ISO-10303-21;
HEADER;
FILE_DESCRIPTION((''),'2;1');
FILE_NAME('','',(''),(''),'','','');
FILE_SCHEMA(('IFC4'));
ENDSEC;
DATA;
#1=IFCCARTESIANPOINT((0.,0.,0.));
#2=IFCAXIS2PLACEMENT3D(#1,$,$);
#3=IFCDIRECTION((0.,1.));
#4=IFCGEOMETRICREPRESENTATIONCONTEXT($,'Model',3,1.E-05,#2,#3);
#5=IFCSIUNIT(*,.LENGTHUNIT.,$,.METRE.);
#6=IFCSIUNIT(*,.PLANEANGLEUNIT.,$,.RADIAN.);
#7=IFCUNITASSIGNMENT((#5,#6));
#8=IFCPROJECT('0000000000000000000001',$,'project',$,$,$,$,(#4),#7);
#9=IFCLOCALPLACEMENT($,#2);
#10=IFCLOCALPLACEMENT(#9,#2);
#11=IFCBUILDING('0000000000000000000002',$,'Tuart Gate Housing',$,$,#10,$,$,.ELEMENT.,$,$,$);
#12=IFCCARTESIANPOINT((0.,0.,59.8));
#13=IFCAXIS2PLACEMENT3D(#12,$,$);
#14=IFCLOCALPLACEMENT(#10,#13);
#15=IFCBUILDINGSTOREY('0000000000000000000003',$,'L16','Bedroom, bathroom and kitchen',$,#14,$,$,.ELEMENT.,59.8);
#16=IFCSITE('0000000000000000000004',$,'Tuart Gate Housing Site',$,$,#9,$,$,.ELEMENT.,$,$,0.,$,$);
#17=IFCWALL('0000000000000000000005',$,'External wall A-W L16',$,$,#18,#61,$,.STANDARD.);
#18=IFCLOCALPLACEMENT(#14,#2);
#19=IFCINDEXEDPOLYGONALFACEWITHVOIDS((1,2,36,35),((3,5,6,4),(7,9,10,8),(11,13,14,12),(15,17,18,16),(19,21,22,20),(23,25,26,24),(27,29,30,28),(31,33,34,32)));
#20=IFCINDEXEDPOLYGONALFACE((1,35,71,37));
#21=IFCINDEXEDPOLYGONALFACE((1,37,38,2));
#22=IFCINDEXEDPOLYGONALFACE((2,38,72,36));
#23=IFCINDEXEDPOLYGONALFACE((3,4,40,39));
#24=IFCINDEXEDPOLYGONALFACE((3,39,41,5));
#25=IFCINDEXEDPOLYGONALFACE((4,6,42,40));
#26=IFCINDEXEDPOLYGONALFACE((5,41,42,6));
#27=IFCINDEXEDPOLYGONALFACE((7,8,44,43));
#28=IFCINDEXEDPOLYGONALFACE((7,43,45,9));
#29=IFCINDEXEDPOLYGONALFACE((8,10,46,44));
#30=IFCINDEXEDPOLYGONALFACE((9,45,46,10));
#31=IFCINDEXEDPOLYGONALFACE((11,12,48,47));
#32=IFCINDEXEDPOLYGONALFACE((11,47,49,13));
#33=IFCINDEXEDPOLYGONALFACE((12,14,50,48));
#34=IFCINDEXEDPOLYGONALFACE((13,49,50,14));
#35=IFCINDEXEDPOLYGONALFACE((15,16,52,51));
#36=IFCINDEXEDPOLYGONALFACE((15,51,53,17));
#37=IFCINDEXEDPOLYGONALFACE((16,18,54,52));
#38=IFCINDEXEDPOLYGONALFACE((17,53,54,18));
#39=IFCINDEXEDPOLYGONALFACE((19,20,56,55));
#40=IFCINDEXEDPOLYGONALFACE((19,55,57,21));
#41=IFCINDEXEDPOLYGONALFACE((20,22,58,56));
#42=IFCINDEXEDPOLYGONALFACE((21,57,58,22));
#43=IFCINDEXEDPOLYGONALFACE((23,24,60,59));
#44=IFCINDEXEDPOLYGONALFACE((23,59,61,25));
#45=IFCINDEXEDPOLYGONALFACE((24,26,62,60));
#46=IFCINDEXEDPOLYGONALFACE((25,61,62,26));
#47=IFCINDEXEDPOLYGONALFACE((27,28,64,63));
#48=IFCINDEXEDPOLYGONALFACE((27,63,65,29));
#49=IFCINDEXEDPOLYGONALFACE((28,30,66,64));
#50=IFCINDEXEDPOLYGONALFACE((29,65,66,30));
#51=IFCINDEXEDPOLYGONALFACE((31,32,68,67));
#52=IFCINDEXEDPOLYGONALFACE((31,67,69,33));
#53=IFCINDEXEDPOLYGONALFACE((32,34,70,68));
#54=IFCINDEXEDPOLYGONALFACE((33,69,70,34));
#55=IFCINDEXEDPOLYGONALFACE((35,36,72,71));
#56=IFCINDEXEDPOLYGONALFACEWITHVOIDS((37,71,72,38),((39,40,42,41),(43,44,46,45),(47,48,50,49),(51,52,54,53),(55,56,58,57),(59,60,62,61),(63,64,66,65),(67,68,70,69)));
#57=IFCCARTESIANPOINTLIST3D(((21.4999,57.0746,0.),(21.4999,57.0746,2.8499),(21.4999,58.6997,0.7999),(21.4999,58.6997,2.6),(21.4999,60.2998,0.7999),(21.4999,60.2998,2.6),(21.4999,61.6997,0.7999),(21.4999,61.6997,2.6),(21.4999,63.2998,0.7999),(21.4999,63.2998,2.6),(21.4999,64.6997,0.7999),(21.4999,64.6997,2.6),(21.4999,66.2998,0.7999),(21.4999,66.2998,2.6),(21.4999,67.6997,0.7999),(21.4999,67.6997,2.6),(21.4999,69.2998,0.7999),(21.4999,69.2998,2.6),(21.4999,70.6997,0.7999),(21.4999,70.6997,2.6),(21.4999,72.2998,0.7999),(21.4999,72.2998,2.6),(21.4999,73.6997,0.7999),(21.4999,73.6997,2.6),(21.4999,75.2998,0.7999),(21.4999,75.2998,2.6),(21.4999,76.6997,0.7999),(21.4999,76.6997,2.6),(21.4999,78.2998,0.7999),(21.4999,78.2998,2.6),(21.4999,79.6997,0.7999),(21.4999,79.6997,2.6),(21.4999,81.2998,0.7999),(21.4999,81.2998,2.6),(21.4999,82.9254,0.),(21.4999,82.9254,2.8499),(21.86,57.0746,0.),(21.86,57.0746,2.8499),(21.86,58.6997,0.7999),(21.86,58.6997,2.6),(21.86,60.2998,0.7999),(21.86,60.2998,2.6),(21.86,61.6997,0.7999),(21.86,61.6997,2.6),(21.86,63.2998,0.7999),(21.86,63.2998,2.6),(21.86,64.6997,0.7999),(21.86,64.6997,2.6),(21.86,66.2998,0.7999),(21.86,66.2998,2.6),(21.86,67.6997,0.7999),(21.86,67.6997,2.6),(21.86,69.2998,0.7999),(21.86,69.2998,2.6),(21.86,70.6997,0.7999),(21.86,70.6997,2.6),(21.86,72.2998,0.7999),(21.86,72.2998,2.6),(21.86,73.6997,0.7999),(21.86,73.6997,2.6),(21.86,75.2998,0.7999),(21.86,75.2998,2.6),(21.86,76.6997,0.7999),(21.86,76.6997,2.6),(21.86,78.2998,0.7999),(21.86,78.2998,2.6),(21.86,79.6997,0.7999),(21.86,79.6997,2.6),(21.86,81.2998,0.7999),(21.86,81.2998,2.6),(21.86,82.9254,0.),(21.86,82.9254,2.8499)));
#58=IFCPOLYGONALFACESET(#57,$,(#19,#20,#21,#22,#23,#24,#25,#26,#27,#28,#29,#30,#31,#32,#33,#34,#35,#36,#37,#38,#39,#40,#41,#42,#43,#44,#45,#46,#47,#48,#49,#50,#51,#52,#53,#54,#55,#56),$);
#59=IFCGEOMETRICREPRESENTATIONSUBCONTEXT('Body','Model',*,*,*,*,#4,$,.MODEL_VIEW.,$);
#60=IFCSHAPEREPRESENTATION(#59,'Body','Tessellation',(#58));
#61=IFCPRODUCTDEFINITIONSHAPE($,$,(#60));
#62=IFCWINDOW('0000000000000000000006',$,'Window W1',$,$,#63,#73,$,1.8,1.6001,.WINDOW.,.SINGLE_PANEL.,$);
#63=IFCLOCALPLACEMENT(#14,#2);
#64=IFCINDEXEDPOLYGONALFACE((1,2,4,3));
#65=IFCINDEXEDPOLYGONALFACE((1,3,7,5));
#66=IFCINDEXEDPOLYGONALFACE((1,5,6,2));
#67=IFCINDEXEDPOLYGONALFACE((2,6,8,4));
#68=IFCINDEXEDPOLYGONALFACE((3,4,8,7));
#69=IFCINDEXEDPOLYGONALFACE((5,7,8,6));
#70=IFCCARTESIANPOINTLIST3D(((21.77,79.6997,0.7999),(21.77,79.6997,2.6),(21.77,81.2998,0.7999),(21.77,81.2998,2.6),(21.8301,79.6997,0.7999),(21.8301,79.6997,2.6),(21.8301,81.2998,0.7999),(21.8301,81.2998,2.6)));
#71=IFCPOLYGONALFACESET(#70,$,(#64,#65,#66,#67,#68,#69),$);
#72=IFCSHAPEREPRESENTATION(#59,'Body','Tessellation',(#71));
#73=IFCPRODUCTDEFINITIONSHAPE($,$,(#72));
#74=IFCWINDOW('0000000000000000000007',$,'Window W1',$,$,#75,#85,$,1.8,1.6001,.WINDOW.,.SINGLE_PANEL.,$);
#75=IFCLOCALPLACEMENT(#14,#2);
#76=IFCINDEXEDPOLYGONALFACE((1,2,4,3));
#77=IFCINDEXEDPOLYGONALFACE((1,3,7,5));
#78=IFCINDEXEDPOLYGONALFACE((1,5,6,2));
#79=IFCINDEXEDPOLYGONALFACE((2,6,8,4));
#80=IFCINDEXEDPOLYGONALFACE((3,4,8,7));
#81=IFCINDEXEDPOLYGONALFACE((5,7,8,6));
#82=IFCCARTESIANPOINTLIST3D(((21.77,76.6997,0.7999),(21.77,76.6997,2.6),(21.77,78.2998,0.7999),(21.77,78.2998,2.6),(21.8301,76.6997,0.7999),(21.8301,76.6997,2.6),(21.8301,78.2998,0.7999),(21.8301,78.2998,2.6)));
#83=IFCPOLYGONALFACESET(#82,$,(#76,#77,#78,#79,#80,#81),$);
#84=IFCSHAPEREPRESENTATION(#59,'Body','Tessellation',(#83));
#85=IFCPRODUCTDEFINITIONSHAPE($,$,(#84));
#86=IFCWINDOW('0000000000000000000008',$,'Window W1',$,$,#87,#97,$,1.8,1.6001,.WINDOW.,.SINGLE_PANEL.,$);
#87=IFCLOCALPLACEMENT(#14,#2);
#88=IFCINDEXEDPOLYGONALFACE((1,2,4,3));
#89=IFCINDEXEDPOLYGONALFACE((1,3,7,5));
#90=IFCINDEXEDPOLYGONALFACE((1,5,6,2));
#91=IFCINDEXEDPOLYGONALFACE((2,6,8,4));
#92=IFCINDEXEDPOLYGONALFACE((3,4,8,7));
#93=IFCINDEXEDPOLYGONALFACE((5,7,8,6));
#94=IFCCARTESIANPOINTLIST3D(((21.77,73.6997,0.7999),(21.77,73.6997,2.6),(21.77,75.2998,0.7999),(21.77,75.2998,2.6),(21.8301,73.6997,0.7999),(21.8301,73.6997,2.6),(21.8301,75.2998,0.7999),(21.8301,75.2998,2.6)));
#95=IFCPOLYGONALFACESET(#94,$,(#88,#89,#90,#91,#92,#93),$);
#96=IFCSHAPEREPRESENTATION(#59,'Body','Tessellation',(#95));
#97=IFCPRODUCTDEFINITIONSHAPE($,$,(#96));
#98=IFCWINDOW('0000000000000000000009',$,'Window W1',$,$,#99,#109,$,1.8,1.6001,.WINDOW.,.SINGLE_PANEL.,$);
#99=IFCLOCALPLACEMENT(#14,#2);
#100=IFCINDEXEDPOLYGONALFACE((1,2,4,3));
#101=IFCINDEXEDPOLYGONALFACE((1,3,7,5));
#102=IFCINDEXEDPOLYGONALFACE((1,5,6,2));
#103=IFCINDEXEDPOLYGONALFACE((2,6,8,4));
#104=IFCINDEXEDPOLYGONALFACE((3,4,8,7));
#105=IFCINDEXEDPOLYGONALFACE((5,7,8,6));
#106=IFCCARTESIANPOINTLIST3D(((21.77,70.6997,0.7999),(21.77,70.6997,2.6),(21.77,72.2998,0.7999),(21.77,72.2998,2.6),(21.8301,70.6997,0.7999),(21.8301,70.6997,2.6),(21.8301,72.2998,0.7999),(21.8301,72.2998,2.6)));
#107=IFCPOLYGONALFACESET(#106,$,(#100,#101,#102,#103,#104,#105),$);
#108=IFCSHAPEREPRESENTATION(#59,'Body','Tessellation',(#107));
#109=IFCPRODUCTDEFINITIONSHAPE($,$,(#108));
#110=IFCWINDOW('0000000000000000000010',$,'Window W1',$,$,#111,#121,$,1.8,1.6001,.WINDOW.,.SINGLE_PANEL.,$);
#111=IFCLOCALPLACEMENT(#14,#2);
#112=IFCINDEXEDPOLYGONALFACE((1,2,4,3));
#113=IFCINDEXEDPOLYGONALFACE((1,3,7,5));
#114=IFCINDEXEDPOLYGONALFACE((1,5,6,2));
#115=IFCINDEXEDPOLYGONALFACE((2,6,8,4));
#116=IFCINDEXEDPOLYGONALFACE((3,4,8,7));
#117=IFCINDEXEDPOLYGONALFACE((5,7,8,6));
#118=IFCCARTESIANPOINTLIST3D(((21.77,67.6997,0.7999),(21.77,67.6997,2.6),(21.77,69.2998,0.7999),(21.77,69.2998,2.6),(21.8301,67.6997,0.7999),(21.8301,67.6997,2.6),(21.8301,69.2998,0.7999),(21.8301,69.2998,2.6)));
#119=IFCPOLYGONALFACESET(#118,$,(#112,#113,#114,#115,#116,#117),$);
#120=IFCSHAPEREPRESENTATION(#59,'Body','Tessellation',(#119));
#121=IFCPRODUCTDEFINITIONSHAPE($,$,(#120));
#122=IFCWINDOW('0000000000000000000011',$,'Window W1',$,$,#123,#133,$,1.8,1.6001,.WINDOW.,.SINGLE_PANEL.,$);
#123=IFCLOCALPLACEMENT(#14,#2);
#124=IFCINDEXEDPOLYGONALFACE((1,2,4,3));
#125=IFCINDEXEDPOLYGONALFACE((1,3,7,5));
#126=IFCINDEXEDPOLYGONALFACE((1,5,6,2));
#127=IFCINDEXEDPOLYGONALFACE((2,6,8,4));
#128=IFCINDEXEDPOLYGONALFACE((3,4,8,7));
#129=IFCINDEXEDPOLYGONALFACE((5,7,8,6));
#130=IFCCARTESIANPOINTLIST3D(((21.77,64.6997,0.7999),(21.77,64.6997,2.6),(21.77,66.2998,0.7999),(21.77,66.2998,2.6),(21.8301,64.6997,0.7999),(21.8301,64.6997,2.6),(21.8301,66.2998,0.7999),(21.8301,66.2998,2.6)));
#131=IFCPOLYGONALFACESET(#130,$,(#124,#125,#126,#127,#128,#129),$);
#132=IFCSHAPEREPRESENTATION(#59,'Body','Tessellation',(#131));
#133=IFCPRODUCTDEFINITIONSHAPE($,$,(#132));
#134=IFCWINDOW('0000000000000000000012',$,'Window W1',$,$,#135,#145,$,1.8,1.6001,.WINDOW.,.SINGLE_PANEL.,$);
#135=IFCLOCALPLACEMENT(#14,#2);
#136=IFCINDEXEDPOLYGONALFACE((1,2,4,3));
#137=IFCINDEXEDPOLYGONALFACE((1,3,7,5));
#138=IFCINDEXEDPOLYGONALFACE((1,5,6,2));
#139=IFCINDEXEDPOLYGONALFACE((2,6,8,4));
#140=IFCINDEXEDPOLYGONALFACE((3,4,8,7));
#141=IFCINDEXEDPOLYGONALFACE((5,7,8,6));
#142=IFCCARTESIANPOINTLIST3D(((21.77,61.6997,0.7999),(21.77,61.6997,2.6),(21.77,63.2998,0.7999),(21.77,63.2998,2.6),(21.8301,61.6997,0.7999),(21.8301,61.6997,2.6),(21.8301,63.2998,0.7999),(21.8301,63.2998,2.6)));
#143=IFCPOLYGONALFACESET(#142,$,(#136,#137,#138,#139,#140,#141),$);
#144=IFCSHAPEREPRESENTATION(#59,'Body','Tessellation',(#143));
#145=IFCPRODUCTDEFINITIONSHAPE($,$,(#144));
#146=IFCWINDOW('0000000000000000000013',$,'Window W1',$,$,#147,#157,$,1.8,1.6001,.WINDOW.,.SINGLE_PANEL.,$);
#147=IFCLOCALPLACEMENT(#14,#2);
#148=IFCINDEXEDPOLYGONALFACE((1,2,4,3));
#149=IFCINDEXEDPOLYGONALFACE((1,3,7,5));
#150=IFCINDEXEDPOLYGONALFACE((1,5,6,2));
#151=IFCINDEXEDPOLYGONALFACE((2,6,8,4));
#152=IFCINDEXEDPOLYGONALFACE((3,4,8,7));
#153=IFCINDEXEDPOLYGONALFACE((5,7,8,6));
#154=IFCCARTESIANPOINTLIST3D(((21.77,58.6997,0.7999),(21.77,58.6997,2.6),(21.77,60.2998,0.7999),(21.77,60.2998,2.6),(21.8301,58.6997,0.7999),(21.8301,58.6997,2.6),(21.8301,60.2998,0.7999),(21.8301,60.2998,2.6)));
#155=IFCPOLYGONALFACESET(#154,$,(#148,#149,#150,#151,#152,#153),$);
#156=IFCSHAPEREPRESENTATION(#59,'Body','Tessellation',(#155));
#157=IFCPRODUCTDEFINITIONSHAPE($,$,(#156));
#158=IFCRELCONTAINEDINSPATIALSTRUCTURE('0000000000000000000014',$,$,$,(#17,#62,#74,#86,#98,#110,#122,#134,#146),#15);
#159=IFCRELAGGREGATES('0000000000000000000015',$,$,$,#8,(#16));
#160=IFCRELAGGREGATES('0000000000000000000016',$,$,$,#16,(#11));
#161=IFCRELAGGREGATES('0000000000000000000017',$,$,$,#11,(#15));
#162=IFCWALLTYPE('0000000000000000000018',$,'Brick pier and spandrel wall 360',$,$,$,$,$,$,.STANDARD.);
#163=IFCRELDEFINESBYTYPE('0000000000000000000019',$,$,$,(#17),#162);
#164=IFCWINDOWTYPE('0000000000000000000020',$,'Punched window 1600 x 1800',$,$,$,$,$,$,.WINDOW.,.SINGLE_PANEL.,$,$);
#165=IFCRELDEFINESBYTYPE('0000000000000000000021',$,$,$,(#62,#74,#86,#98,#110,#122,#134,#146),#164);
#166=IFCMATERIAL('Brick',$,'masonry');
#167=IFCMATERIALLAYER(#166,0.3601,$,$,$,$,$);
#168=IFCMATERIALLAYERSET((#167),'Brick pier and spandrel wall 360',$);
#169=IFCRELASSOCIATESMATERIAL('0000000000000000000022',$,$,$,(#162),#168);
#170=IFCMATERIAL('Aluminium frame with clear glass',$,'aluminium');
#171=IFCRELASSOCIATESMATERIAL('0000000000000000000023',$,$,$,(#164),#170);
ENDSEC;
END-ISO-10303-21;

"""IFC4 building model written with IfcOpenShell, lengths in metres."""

from ifc_helpers import new_model, si_unit, direction, frame, frame_2d, origin, place, context, subcontext, project, spatial, rectangle, extrude, material, layer, layer_set, type_object, element, fill, save


model = new_model("IFC4")

# Units and contexts
model_context = context("Model", 3, precision=1e-05, world=origin(), true_north=direction((0.0, 1.0)))
body_context = subcontext(model_context, "Body", "Model", "MODEL_VIEW")
ifc_project = project(units=[si_unit("LENGTHUNIT", "METRE"), si_unit("PLANEANGLEUNIT", "RADIAN")], contexts=[model_context])

# Site, building, storey
site_placement = place(None, origin())
site = spatial("IfcSite", under=ifc_project, at=site_placement, Name="Tuart Gate Housing Site", CompositionType="ELEMENT", RefElevation=0.0)
building_placement = place(site_placement, origin())
building = spatial("IfcBuilding", under=site, at=building_placement, Name="Tuart Gate Housing", CompositionType="ELEMENT")
storey_placement = place(building_placement, frame((0.0, 0.0, 59.8)))
storey = spatial("IfcBuildingStorey", under=building, at=storey_placement, Name="L16", Description="Bedroom, bathroom and kitchen", CompositionType="ELEMENT", Elevation=59.8)

# Shared definitions
ifc_material_1 = material(Name="Brick", Category="masonry")
ifc_layer_1 = layer(ifc_material_1, 0.3601)
ifc_layer_set_1 = layer_set([ifc_layer_1], Name="Brick pier and spandrel wall 360")
wall_type_1 = type_object("IfcWallType", Name="Brick pier and spandrel wall 360", PredefinedType="STANDARD", material=ifc_layer_set_1)
ifc_material_2 = material(Name="Aluminium frame with clear glass", Category="aluminium")
window_type = type_object("IfcWindowType", Name="Punched window 1600 x 1800", PartitioningType="SINGLE_PANEL", PredefinedType="WINDOW", material=ifc_material_2)

# Wall, openings, windows
wall_1_placement = place(storey_placement, frame((21.6799, 82.9253, 0.0), z_axis=(0.0, 0.0, 1.0), x_axis=(0.0, -1.0, 0.0)))
wall_1 = element("IfcWall", 1, at=wall_1_placement, inside=storey, type_object=wall_type_1, Name="External wall A-W L16", PredefinedType="STANDARD", context=body_context, shape_type="SweptSolid", body=[
    extrude(rectangle(XDim=25.8508, YDim=0.3601, at=frame_2d((12.9253, 0.0))), origin(), (0.0, 0.0, 1.0), 2.8499),
])
opening_1_placement = place(wall_1_placement, frame((1.6255, 0.0, 0.8)))
opening_1 = element("IfcOpeningElement", 2, at=opening_1_placement, cuts=wall_1, PredefinedType="OPENING", context=body_context, shape_type="SweptSolid", body=[
    extrude(rectangle(XDim=1.6001, YDim=1.8, at=frame_2d((0.8, 0.8999))), frame((0.0, 0.1899, 0.0), z_axis=(0.0, -1.0, 0.0), x_axis=(1.0, 0.0, 0.0)), (0.0, 0.0, 1.0), 0.3801),
])
opening_2_placement = place(wall_1_placement, frame((4.6255, 0.0, 0.8)))
opening_2 = element("IfcOpeningElement", 3, at=opening_2_placement, cuts=wall_1, PredefinedType="OPENING", context=body_context, shape_type="SweptSolid", body=[
    extrude(rectangle(XDim=1.6001, YDim=1.8, at=frame_2d((0.8, 0.8999))), frame((0.0, 0.1899, 0.0), z_axis=(0.0, -1.0, 0.0), x_axis=(1.0, 0.0, 0.0)), (0.0, 0.0, 1.0), 0.3801),
])
opening_3_placement = place(wall_1_placement, frame((7.6255, 0.0, 0.8)))
opening_3 = element("IfcOpeningElement", 4, at=opening_3_placement, cuts=wall_1, PredefinedType="OPENING", context=body_context, shape_type="SweptSolid", body=[
    extrude(rectangle(XDim=1.6001, YDim=1.8, at=frame_2d((0.8, 0.8999))), frame((0.0, 0.1899, 0.0), z_axis=(0.0, -1.0, 0.0), x_axis=(1.0, 0.0, 0.0)), (0.0, 0.0, 1.0), 0.3801),
])
opening_4_placement = place(wall_1_placement, frame((10.6255, 0.0, 0.8)))
opening_4 = element("IfcOpeningElement", 5, at=opening_4_placement, cuts=wall_1, PredefinedType="OPENING", context=body_context, shape_type="SweptSolid", body=[
    extrude(rectangle(XDim=1.6001, YDim=1.8, at=frame_2d((0.8, 0.8999))), frame((0.0, 0.1899, 0.0), z_axis=(0.0, -1.0, 0.0), x_axis=(1.0, 0.0, 0.0)), (0.0, 0.0, 1.0), 0.3801),
])
opening_5_placement = place(wall_1_placement, frame((13.6255, 0.0, 0.8)))
opening_5 = element("IfcOpeningElement", 6, at=opening_5_placement, cuts=wall_1, PredefinedType="OPENING", context=body_context, shape_type="SweptSolid", body=[
    extrude(rectangle(XDim=1.6001, YDim=1.8, at=frame_2d((0.8, 0.8999))), frame((0.0, 0.1899, 0.0), z_axis=(0.0, -1.0, 0.0), x_axis=(1.0, 0.0, 0.0)), (0.0, 0.0, 1.0), 0.3801),
])
opening_6_placement = place(wall_1_placement, frame((16.6255, 0.0, 0.8)))
opening_6 = element("IfcOpeningElement", 7, at=opening_6_placement, cuts=wall_1, PredefinedType="OPENING", context=body_context, shape_type="SweptSolid", body=[
    extrude(rectangle(XDim=1.6001, YDim=1.8, at=frame_2d((0.8, 0.8999))), frame((0.0, 0.1899, 0.0), z_axis=(0.0, -1.0, 0.0), x_axis=(1.0, 0.0, 0.0)), (0.0, 0.0, 1.0), 0.3801),
])
opening_7_placement = place(wall_1_placement, frame((19.6255, 0.0, 0.8)))
opening_7 = element("IfcOpeningElement", 8, at=opening_7_placement, cuts=wall_1, PredefinedType="OPENING", context=body_context, shape_type="SweptSolid", body=[
    extrude(rectangle(XDim=1.6001, YDim=1.8, at=frame_2d((0.8, 0.8999))), frame((0.0, 0.1899, 0.0), z_axis=(0.0, -1.0, 0.0), x_axis=(1.0, 0.0, 0.0)), (0.0, 0.0, 1.0), 0.3801),
])
opening_8_placement = place(wall_1_placement, frame((22.6255, 0.0, 0.8)))
opening_8 = element("IfcOpeningElement", 9, at=opening_8_placement, cuts=wall_1, PredefinedType="OPENING", context=body_context, shape_type="SweptSolid", body=[
    extrude(rectangle(XDim=1.6001, YDim=1.8, at=frame_2d((0.8, 0.8999))), frame((0.0, 0.1899, 0.0), z_axis=(0.0, -1.0, 0.0), x_axis=(1.0, 0.0, 0.0)), (0.0, 0.0, 1.0), 0.3801),
])
window_1_placement = place(opening_1_placement, origin())
window_1 = element("IfcWindow", 10, at=window_1_placement, inside=storey, type_object=window_type, Name="Window W1", OverallHeight=1.8, OverallWidth=1.6001, PartitioningType="SINGLE_PANEL", PredefinedType="WINDOW", context=body_context, shape_type="SweptSolid", body=[
    extrude(rectangle(XDim=1.6001, YDim=1.8, at=frame_2d((0.8, 0.8999))), frame((0.0, 0.1501, 0.0), z_axis=(0.0, -1.0, 0.0), x_axis=(1.0, 0.0, 0.0)), (0.0, 0.0, 1.0), 0.0601),
])
fill(opening_1, window_1)
window_2_placement = place(opening_2_placement, origin())
window_2 = element("IfcWindow", 11, at=window_2_placement, inside=storey, type_object=window_type, Name="Window W1", OverallHeight=1.8, OverallWidth=1.6001, PartitioningType="SINGLE_PANEL", PredefinedType="WINDOW", context=body_context, shape_type="SweptSolid", body=[
    extrude(rectangle(XDim=1.6001, YDim=1.8, at=frame_2d((0.8, 0.8999))), frame((0.0, 0.1501, 0.0), z_axis=(0.0, -1.0, 0.0), x_axis=(1.0, 0.0, 0.0)), (0.0, 0.0, 1.0), 0.0601),
])
fill(opening_2, window_2)
window_3_placement = place(opening_3_placement, origin())
window_3 = element("IfcWindow", 12, at=window_3_placement, inside=storey, type_object=window_type, Name="Window W1", OverallHeight=1.8, OverallWidth=1.6001, PartitioningType="SINGLE_PANEL", PredefinedType="WINDOW", context=body_context, shape_type="SweptSolid", body=[
    extrude(rectangle(XDim=1.6001, YDim=1.8, at=frame_2d((0.8, 0.8999))), frame((0.0, 0.1501, 0.0), z_axis=(0.0, -1.0, 0.0), x_axis=(1.0, 0.0, 0.0)), (0.0, 0.0, 1.0), 0.0601),
])
fill(opening_3, window_3)
window_4_placement = place(opening_4_placement, origin())
window_4 = element("IfcWindow", 13, at=window_4_placement, inside=storey, type_object=window_type, Name="Window W1", OverallHeight=1.8, OverallWidth=1.6001, PartitioningType="SINGLE_PANEL", PredefinedType="WINDOW", context=body_context, shape_type="SweptSolid", body=[
    extrude(rectangle(XDim=1.6001, YDim=1.8, at=frame_2d((0.8, 0.8999))), frame((0.0, 0.1501, 0.0), z_axis=(0.0, -1.0, 0.0), x_axis=(1.0, 0.0, 0.0)), (0.0, 0.0, 1.0), 0.0601),
])
fill(opening_4, window_4)
window_5_placement = place(opening_5_placement, origin())
window_5 = element("IfcWindow", 14, at=window_5_placement, inside=storey, type_object=window_type, Name="Window W1", OverallHeight=1.8, OverallWidth=1.6001, PartitioningType="SINGLE_PANEL", PredefinedType="WINDOW", context=body_context, shape_type="SweptSolid", body=[
    extrude(rectangle(XDim=1.6001, YDim=1.8, at=frame_2d((0.8, 0.8999))), frame((0.0, 0.1501, 0.0), z_axis=(0.0, -1.0, 0.0), x_axis=(1.0, 0.0, 0.0)), (0.0, 0.0, 1.0), 0.0601),
])
fill(opening_5, window_5)
window_6_placement = place(opening_6_placement, origin())
window_6 = element("IfcWindow", 15, at=window_6_placement, inside=storey, type_object=window_type, Name="Window W1", OverallHeight=1.8, OverallWidth=1.6001, PartitioningType="SINGLE_PANEL", PredefinedType="WINDOW", context=body_context, shape_type="SweptSolid", body=[
    extrude(rectangle(XDim=1.6001, YDim=1.8, at=frame_2d((0.8, 0.8999))), frame((0.0, 0.1501, 0.0), z_axis=(0.0, -1.0, 0.0), x_axis=(1.0, 0.0, 0.0)), (0.0, 0.0, 1.0), 0.0601),
])
fill(opening_6, window_6)
window_7_placement = place(opening_7_placement, origin())
window_7 = element("IfcWindow", 16, at=window_7_placement, inside=storey, type_object=window_type, Name="Window W1", OverallHeight=1.8, OverallWidth=1.6001, PartitioningType="SINGLE_PANEL", PredefinedType="WINDOW", context=body_context, shape_type="SweptSolid", body=[
    extrude(rectangle(XDim=1.6001, YDim=1.8, at=frame_2d((0.8, 0.8999))), frame((0.0, 0.1501, 0.0), z_axis=(0.0, -1.0, 0.0), x_axis=(1.0, 0.0, 0.0)), (0.0, 0.0, 1.0), 0.0601),
])
fill(opening_7, window_7)
window_8_placement = place(opening_8_placement, origin())
window_8 = element("IfcWindow", 17, at=window_8_placement, inside=storey, type_object=window_type, Name="Window W1", OverallHeight=1.8, OverallWidth=1.6001, PartitioningType="SINGLE_PANEL", PredefinedType="WINDOW", context=body_context, shape_type="SweptSolid", body=[
    extrude(rectangle(XDim=1.6001, YDim=1.8, at=frame_2d((0.8, 0.8999))), frame((0.0, 0.1501, 0.0), z_axis=(0.0, -1.0, 0.0), x_axis=(1.0, 0.0, 0.0)), (0.0, 0.0, 1.0), 0.0601),
])
fill(opening_8, window_8)

save(model, "model.ifc")
